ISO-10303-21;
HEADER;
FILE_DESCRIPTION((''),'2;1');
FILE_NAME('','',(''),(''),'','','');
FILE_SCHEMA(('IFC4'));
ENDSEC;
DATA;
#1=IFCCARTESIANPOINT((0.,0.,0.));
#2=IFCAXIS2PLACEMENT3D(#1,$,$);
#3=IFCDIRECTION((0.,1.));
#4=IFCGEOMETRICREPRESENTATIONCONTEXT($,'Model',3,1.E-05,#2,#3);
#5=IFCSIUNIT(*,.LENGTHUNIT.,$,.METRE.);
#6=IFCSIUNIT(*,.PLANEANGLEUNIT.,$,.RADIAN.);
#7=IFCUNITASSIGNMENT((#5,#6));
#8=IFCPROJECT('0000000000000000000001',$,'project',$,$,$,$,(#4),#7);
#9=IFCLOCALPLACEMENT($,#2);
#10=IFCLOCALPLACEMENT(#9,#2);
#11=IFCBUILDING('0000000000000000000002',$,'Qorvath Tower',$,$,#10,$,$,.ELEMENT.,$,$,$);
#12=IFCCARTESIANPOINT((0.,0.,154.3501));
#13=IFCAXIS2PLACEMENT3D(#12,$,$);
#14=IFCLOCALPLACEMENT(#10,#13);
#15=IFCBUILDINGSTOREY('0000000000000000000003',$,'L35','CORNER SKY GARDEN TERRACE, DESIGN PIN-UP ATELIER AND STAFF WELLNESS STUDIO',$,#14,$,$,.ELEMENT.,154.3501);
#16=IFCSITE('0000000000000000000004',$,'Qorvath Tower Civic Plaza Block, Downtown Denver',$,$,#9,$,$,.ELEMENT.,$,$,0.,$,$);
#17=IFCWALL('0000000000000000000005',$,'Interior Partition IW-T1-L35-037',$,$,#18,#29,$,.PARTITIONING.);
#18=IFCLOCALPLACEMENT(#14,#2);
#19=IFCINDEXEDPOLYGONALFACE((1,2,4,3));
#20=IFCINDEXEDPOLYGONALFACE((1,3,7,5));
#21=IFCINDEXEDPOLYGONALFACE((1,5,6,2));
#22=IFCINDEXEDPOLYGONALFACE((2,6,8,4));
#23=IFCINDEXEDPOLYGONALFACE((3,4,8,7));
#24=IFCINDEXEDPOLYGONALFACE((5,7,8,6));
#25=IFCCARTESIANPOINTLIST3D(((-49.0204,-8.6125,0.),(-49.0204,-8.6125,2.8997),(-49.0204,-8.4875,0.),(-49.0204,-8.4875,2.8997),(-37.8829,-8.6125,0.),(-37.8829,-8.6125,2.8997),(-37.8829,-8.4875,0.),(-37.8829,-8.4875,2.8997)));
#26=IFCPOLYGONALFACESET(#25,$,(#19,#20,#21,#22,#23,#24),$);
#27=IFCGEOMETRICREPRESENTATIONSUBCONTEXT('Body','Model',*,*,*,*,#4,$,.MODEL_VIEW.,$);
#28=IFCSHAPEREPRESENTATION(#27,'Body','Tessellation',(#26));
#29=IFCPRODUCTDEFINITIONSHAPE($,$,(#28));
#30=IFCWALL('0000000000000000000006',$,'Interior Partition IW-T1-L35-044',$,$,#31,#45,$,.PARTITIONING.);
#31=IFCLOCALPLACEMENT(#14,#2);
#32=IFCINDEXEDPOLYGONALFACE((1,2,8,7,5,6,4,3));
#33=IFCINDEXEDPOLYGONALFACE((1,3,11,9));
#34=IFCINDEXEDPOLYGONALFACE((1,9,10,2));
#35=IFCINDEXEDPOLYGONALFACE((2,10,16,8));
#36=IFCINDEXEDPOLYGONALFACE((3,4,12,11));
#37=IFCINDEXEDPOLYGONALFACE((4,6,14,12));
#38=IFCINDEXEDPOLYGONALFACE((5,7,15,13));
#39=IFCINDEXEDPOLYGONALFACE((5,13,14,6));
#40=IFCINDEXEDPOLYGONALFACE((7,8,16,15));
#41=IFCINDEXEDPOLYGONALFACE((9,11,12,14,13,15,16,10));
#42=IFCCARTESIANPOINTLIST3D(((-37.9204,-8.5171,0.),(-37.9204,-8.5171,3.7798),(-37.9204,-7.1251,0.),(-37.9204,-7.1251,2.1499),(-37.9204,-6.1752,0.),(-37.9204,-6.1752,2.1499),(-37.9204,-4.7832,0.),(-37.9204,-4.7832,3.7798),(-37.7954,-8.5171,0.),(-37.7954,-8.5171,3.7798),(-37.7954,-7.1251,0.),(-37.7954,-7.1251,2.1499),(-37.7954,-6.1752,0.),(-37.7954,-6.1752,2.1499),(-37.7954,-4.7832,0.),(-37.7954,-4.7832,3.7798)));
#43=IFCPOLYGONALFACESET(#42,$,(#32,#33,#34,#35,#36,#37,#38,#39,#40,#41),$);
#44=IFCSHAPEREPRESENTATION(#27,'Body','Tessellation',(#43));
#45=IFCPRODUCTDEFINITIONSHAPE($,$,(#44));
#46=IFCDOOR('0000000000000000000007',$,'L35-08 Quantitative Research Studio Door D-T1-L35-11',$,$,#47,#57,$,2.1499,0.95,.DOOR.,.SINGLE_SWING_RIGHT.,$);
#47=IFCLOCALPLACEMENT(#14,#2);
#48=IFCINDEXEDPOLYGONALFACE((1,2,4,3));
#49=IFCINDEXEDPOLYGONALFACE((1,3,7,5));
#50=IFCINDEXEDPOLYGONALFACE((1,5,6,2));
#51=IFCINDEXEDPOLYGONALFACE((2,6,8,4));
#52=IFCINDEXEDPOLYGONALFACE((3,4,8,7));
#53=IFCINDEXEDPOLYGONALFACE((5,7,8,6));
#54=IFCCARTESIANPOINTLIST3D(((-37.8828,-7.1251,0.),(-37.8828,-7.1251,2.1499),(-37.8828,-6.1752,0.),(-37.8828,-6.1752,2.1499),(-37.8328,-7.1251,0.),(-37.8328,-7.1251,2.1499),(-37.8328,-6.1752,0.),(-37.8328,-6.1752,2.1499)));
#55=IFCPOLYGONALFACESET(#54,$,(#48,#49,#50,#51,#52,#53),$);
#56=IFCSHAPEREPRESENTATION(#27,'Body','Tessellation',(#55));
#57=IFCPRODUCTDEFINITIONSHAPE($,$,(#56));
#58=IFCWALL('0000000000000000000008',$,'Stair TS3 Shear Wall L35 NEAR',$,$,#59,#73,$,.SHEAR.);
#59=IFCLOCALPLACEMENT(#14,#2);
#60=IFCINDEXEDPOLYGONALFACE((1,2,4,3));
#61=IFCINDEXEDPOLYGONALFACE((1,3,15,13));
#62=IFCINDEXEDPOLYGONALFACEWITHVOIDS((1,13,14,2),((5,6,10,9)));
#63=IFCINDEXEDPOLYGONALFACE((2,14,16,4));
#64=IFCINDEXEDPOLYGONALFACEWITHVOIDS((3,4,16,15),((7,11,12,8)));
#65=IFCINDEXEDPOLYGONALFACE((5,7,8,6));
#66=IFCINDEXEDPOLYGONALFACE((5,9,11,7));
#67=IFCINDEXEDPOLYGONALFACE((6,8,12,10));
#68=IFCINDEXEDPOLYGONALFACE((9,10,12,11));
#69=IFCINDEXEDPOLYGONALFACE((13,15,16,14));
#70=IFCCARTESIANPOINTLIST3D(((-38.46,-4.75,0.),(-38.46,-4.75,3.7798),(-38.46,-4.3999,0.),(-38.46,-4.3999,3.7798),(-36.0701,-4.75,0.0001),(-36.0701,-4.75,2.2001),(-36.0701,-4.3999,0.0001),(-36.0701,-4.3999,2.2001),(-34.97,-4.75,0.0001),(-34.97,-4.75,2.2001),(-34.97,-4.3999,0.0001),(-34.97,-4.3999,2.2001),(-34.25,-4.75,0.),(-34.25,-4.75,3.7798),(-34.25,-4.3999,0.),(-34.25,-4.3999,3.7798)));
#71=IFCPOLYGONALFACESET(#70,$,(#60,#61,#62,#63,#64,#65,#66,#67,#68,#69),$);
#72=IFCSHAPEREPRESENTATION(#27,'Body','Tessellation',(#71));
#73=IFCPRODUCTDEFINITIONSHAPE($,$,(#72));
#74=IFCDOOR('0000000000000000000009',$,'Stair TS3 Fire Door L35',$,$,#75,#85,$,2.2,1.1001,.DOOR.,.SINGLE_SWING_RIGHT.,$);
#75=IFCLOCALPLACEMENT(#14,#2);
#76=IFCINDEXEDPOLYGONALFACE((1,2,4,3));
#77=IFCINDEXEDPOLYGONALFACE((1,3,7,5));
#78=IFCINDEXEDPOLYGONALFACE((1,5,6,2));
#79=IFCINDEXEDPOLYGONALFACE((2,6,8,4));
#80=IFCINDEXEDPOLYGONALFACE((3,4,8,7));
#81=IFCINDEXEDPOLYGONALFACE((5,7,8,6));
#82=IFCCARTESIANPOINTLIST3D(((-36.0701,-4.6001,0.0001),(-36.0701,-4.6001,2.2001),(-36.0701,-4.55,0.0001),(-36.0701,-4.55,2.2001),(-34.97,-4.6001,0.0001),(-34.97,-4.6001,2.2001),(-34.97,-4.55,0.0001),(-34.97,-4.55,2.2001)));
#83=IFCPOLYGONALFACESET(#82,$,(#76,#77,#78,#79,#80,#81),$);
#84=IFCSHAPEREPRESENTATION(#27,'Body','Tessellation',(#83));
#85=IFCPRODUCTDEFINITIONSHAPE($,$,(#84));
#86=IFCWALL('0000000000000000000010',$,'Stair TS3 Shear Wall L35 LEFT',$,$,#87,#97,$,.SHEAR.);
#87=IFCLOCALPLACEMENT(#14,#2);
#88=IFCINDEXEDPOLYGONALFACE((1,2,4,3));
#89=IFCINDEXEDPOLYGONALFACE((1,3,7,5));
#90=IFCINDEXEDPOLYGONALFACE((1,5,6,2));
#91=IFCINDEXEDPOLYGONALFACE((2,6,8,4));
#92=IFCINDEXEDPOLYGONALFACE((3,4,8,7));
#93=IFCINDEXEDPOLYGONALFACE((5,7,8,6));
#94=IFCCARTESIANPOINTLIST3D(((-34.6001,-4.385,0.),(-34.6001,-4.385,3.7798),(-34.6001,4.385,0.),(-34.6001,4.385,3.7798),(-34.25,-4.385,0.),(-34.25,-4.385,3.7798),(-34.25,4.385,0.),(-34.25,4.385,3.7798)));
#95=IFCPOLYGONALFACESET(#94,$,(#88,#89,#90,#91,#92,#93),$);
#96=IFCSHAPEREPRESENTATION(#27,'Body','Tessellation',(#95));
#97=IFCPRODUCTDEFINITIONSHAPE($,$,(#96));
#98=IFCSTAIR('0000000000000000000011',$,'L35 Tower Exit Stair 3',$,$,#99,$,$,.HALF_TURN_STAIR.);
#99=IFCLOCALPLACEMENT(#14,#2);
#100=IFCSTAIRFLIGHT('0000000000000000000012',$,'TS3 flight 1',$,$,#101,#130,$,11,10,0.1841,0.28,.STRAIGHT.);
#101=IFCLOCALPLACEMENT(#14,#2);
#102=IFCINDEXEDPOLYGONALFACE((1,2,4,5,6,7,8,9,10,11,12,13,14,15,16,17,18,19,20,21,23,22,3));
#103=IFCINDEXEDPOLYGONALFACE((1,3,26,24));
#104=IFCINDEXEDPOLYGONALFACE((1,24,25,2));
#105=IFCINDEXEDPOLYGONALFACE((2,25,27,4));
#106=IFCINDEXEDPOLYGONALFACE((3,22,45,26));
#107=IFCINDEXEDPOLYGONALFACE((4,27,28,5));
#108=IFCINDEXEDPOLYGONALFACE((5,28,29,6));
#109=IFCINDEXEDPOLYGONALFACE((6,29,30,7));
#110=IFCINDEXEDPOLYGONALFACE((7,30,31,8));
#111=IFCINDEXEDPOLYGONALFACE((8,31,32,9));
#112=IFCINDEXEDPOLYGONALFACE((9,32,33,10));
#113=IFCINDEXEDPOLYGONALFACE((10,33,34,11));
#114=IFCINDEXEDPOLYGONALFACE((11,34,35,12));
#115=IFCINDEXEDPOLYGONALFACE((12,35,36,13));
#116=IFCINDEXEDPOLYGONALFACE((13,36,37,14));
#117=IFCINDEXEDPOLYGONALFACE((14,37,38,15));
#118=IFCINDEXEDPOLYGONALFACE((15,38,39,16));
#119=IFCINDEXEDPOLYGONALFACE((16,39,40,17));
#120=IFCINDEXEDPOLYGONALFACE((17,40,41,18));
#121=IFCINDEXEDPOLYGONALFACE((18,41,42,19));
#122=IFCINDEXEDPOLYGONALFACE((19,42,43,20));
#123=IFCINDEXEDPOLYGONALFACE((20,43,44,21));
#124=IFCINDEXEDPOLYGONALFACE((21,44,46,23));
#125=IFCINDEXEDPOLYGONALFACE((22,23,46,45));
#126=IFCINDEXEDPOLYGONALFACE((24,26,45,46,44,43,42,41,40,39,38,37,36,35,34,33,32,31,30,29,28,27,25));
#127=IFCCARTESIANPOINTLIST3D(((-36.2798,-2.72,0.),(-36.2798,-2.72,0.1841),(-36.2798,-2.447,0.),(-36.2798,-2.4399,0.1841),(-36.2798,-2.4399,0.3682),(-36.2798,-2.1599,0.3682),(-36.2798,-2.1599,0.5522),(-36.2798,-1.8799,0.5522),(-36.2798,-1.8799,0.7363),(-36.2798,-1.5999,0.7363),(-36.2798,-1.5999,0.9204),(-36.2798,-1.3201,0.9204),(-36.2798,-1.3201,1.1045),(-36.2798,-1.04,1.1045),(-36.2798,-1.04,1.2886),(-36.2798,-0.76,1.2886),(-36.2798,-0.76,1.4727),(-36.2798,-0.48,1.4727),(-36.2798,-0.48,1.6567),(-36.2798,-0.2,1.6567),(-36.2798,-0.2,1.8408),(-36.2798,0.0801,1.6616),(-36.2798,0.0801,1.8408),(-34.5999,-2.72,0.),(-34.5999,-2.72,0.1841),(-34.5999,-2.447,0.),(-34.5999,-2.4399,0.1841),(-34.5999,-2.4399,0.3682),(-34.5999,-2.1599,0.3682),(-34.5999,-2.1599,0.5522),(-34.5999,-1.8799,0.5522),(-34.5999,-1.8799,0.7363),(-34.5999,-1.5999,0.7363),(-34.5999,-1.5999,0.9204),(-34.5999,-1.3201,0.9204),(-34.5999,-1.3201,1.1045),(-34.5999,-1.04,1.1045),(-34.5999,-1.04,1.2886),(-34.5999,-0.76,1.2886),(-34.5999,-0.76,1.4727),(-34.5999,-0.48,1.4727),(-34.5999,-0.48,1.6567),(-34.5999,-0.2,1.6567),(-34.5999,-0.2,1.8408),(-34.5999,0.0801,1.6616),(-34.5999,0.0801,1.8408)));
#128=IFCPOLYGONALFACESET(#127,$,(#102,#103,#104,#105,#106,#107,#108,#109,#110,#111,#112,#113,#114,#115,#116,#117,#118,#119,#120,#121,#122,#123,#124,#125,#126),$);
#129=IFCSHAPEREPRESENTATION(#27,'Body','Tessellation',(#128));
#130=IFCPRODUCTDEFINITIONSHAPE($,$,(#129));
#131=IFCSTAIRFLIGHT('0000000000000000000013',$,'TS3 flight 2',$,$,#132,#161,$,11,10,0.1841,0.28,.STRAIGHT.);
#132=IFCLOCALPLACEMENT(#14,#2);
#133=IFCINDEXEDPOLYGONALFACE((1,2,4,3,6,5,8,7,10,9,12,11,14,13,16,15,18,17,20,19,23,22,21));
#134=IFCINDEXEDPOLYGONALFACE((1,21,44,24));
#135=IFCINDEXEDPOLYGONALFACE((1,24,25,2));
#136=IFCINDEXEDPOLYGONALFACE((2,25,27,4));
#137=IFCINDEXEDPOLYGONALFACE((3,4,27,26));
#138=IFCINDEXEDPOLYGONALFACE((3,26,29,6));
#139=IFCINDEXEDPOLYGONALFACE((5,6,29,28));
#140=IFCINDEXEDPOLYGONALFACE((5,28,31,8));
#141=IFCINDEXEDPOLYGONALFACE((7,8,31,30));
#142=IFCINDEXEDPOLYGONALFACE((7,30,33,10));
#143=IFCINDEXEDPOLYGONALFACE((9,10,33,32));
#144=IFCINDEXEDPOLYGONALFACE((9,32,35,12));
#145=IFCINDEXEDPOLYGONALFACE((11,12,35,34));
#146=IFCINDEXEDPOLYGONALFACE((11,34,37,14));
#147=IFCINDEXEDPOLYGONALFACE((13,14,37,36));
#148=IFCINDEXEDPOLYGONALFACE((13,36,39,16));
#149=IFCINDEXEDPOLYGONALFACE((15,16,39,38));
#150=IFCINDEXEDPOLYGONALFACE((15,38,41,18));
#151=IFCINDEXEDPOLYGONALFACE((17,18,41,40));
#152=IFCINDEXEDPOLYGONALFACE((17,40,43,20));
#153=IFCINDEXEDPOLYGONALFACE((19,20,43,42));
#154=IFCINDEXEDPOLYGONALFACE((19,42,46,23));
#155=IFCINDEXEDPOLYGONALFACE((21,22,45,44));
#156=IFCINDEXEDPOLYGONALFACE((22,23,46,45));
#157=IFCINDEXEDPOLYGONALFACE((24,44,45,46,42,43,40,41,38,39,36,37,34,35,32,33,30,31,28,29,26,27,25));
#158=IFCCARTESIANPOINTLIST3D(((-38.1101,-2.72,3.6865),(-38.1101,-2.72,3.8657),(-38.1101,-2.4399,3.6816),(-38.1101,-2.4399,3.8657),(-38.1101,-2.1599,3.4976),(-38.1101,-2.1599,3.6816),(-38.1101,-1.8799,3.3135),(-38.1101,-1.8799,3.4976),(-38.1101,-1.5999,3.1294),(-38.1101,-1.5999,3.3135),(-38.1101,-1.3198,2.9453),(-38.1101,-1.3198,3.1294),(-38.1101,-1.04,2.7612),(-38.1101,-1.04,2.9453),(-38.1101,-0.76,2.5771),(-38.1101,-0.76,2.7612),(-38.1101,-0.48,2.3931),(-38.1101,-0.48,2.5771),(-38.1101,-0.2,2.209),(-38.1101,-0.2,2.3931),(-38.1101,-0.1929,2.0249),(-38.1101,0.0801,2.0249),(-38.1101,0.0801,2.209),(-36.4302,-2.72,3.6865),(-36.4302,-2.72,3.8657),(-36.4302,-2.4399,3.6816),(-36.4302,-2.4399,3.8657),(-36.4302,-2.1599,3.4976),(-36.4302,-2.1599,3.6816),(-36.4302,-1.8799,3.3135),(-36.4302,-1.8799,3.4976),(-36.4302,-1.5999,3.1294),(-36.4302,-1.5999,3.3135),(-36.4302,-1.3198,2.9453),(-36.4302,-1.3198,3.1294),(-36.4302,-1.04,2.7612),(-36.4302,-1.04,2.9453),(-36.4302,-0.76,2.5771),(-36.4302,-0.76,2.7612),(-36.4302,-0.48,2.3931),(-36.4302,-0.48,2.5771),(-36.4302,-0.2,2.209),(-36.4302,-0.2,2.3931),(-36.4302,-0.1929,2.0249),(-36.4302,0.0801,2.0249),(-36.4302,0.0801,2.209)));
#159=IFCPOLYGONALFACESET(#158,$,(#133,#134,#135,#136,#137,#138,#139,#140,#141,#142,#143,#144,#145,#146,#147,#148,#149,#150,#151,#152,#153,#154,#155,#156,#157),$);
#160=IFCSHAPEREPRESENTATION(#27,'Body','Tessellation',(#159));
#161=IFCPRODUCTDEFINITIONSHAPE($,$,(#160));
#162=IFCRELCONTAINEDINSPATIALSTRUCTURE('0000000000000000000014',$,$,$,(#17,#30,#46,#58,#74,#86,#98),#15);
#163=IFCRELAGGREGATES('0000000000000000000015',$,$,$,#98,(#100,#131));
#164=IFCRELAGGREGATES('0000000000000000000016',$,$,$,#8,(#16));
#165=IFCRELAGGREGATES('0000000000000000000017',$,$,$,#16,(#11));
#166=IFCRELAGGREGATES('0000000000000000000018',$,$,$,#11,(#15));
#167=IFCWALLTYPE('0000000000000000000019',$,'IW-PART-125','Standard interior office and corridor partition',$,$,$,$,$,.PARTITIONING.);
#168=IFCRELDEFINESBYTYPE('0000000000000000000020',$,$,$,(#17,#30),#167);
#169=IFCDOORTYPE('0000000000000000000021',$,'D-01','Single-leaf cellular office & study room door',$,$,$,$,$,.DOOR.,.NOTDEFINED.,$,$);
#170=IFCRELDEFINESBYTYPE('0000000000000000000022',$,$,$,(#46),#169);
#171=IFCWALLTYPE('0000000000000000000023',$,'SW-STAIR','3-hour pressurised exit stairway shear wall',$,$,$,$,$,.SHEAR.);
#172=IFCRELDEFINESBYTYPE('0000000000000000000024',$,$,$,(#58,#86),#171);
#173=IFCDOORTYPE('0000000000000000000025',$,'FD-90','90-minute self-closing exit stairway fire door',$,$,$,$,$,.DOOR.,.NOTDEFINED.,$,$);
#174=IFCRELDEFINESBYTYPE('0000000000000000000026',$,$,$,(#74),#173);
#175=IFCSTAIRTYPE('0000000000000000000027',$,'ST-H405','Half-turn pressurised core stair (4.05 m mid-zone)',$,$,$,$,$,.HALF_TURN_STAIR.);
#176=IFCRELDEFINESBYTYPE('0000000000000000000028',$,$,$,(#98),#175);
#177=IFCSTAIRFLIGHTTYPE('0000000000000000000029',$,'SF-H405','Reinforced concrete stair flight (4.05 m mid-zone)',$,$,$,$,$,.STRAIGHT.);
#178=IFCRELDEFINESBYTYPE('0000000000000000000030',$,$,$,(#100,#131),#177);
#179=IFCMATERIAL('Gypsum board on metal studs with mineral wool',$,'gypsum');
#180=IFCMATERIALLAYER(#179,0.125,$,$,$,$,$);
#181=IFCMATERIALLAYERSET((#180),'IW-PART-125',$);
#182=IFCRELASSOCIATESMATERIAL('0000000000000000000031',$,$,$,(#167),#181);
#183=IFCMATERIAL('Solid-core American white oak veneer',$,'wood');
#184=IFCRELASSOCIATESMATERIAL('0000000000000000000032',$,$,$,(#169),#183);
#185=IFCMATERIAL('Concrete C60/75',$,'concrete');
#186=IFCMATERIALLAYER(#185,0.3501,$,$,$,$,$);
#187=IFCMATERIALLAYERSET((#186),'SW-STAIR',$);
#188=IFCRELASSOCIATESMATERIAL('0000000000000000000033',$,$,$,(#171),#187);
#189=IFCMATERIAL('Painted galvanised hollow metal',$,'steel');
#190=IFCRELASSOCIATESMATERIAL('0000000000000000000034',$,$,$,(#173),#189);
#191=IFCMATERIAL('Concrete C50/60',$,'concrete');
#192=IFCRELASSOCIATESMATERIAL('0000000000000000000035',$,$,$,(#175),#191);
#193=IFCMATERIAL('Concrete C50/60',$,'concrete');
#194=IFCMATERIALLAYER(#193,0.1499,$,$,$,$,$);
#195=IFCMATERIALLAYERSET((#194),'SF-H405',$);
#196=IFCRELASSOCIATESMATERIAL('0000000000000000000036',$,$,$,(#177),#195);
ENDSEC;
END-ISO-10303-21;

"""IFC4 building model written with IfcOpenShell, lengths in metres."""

from ifc_helpers import new_model, si_unit, direction, frame, frame_2d, origin, place, context, subcontext, project, spatial, polyline, rectangle, outline, extrude, material, layer, layer_set, type_object, element, fill, aggregate, save


model = new_model("IFC4")

# Units and contexts
model_context = context("Model", 3, precision=1e-05, world=origin(), true_north=direction((0.0, 1.0)))
body_context = subcontext(model_context, "Body", "Model", "MODEL_VIEW")
ifc_project = project(units=[si_unit("LENGTHUNIT", "METRE"), si_unit("PLANEANGLEUNIT", "RADIAN")], contexts=[model_context])

# Site, building, storey
site_placement = place(None, origin())
site = spatial("IfcSite", under=ifc_project, at=site_placement, Name="Qorvath Tower Civic Plaza Block, Downtown Denver", CompositionType="ELEMENT", RefElevation=0.0)
building_placement = place(site_placement, origin())
building = spatial("IfcBuilding", under=site, at=building_placement, Name="Qorvath Tower", CompositionType="ELEMENT")
storey_placement = place(building_placement, frame((0.0, 0.0, 154.3501)))
storey = spatial("IfcBuildingStorey", under=building, at=storey_placement, Name="L35", Description="CORNER SKY GARDEN TERRACE, DESIGN PIN-UP ATELIER AND STAFF WELLNESS STUDIO", CompositionType="ELEMENT", Elevation=154.3501)

# Wall
ifc_material_1 = material(Name="Gypsum board on metal studs with mineral wool", Category="gypsum")
ifc_layer_1 = layer(ifc_material_1, 0.125)
ifc_layer_set_1 = layer_set([ifc_layer_1], Name="IW-PART-125")
wall_type_1 = type_object("IfcWallType", Name="IW-PART-125", Description="Standard interior office and corridor partition", PredefinedType="PARTITIONING", material=ifc_layer_set_1)
wall_1_placement = place(storey_placement, frame((-37.8828, -8.55, 0.0), z_axis=(0.0, 0.0, 1.0), x_axis=(-1.0, 0.0, 0.0)))
element("IfcWall", 1, at=wall_1_placement, inside=storey, type_object=wall_type_1, Name="Interior Partition IW-T1-L35-037", PredefinedType="PARTITIONING", context=body_context, shape_type="SweptSolid", body=[
    extrude(rectangle(XDim=11.1375, YDim=0.125, at=frame_2d((5.5688, 0.0))), origin(), (0.0, 0.0, 1.0), 2.8997),
])

# Walls, openings, doors
wall_2_placement = place(storey_placement, frame((-37.8579, -8.5171, 0.0), z_axis=(0.0, 0.0, 1.0), x_axis=(0.0, 1.0, 0.0)))
wall_2 = element("IfcWall", 2, at=wall_2_placement, inside=storey, type_object=wall_type_1, Name="Interior Partition IW-T1-L35-044", PredefinedType="PARTITIONING", context=body_context, shape_type="SweptSolid", body=[
    extrude(rectangle(XDim=3.7339, YDim=0.125, at=frame_2d((1.8669, 0.0))), origin(), (0.0, 0.0, 1.0), 3.7798),
])
opening_1_placement = place(wall_2_placement, frame((1.3918, 0.0, 0.0)))
opening_1 = element("IfcOpeningElement", 3, at=opening_1_placement, cuts=wall_2, PredefinedType="OPENING", context=body_context, shape_type="SweptSolid", body=[
    extrude(rectangle(XDim=0.95, YDim=2.1499, at=frame_2d((0.4751, 1.075))), frame((0.0, 0.0725, 0.0), z_axis=(0.0, -1.0, 0.0), x_axis=(1.0, 0.0, 0.0)), (0.0, 0.0, 1.0), 0.145),
])
ifc_material_2 = material(Name="Solid-core American white oak veneer", Category="wood")
door_type_1 = type_object("IfcDoorType", Name="D-01", Description="Single-leaf cellular office & study room door", OperationType="NOTDEFINED", PredefinedType="DOOR", material=ifc_material_2)
door_1_placement = place(opening_1_placement, origin())
door_1 = element("IfcDoor", 4, at=door_1_placement, inside=storey, type_object=door_type_1, Name="L35-08 Quantitative Research Studio Door D-T1-L35-11", OperationType="SINGLE_SWING_RIGHT", OverallHeight=2.1499, OverallWidth=0.95, PredefinedType="DOOR", context=body_context, shape_type="SweptSolid", body=[
    extrude(rectangle(XDim=0.95, YDim=2.1499, at=frame_2d((0.4751, 1.075))), frame((0.0, 0.0249, 0.0), z_axis=(0.0, -1.0, 0.0), x_axis=(1.0, 0.0, 0.0)), (0.0, 0.0, 1.0), 0.05),
])
fill(opening_1, door_1)
ifc_material_3 = material(Name="Concrete C60/75", Category="concrete")
ifc_layer_2 = layer(ifc_material_3, 0.3501)
ifc_layer_set_2 = layer_set([ifc_layer_2], Name="SW-STAIR")
wall_type_2 = type_object("IfcWallType", Name="SW-STAIR", Description="3-hour pressurised exit stairway shear wall", PredefinedType="SHEAR", material=ifc_layer_set_2)
wall_3_placement = place(storey_placement, frame((-38.46, -4.575, 0.0), z_axis=(0.0, 0.0, 1.0), x_axis=(1.0, 0.0, 0.0)))
wall_3 = element("IfcWall", 5, at=wall_3_placement, inside=storey, type_object=wall_type_2, Name="Stair TS3 Shear Wall L35 NEAR", PredefinedType="SHEAR", context=body_context, shape_type="SweptSolid", body=[
    extrude(rectangle(XDim=4.21, YDim=0.3501, at=frame_2d((2.105, 0.0))), origin(), (0.0, 0.0, 1.0), 3.7798),
])
opening_2_placement = place(wall_3_placement, frame((2.3899, 0.0, 0.0)))
opening_2 = element("IfcOpeningElement", 6, at=opening_2_placement, cuts=wall_3, PredefinedType="OPENING", context=body_context, shape_type="SweptSolid", body=[
    extrude(rectangle(XDim=1.1001, YDim=2.2, at=frame_2d((0.55, 1.1001))), frame((0.0, 0.1851, 0.0), z_axis=(0.0, -1.0, 0.0), x_axis=(1.0, 0.0, 0.0)), (0.0, 0.0, 1.0), 0.3701),
])
ifc_material_4 = material(Name="Painted galvanised hollow metal", Category="steel")
door_type_2 = type_object("IfcDoorType", Name="FD-90", Description="90-minute self-closing exit stairway fire door", OperationType="NOTDEFINED", PredefinedType="DOOR", material=ifc_material_4)
door_2_placement = place(opening_2_placement, origin())
door_2 = element("IfcDoor", 7, at=door_2_placement, inside=storey, type_object=door_type_2, Name="Stair TS3 Fire Door L35", OperationType="SINGLE_SWING_RIGHT", OverallHeight=2.2, OverallWidth=1.1001, PredefinedType="DOOR", context=body_context, shape_type="SweptSolid", body=[
    extrude(rectangle(XDim=1.1001, YDim=2.2, at=frame_2d((0.55, 1.1001))), frame((0.0, 0.0249, 0.0), z_axis=(0.0, -1.0, 0.0), x_axis=(1.0, 0.0, 0.0)), (0.0, 0.0, 1.0), 0.05),
])
fill(opening_2, door_2)

# Wall
wall_4_placement = place(storey_placement, frame((-34.425, -4.385, 0.0), z_axis=(0.0, 0.0, 1.0), x_axis=(0.0, 1.0, 0.0)))
element("IfcWall", 8, at=wall_4_placement, inside=storey, type_object=wall_type_2, Name="Stair TS3 Shear Wall L35 LEFT", PredefinedType="SHEAR", context=body_context, shape_type="SweptSolid", body=[
    extrude(rectangle(XDim=8.77, YDim=0.3501, at=frame_2d((4.385, 0.0))), origin(), (0.0, 0.0, 1.0), 3.7798),
])

# Stair, stair flights
ifc_material_5 = material(Name="Concrete C50/60", Category="concrete")
stair_type = type_object("IfcStairType", Name="ST-H405", Description="Half-turn pressurised core stair (4.05 m mid-zone)", PredefinedType="HALF_TURN_STAIR", material=ifc_material_5)
stair_placement = place(storey_placement, origin())
stair = element("IfcStair", 9, at=stair_placement, inside=storey, type_object=stair_type, Name="L35 Tower Exit Stair 3", PredefinedType="HALF_TURN_STAIR")
ifc_material_6 = material(Name="Concrete C50/60", Category="concrete")
ifc_layer_3 = layer(ifc_material_6, 0.1499)
ifc_layer_set_3 = layer_set([ifc_layer_3], Name="SF-H405")
stair_flight_type = type_object("IfcStairFlightType", Name="SF-H405", Description="Reinforced concrete stair flight (4.05 m mid-zone)", PredefinedType="STRAIGHT", material=ifc_layer_set_3)
stair_flight_1_placement = place(storey_placement, frame((-35.4399, -2.72, 0.0), z_axis=(0.0, 0.0, 1.0), x_axis=(0.0, 1.0, 0.0)))
stair_flight_1 = element("IfcStairFlight", 10, at=stair_flight_1_placement, type_object=stair_flight_type, Name="TS3 flight 1", NumberOfRisers=11, NumberOfTreads=10, PredefinedType="STRAIGHT", RiserHeight=0.1841, TreadLength=0.28, context=body_context, shape_type="SweptSolid", body=[
    extrude(outline(polyline([(0.0, 0.0), (0.0, 0.1841), (0.28, 0.1841), (0.28, 0.3682), (0.5601, 0.3682), (0.5601, 0.5522), (0.8401, 0.5522), (0.8401, 0.7363), (1.1201, 0.7363), (1.1201, 0.9204), (1.3999, 0.9204), (1.3999, 1.1045), (1.6799, 1.1045), (1.6799, 1.2886), (1.96, 1.2886), (1.96, 1.4727), (2.24, 1.4727), (2.24, 1.6567), (2.52, 1.6567), (2.52, 1.8408), (2.8, 1.8408), (2.8, 2.0249), (2.8, 1.6616), (0.2729, 0.0), (0.0, 0.0)])), frame((0.0, 0.8398, 0.0), z_axis=(0.0, -1.0, 0.0), x_axis=(1.0, 0.0, 0.0)), (0.0, 0.0, 1.0), 1.6799),
])
stair_flight_2_placement = place(storey_placement, frame((-37.27, 0.0801, 2.0249), z_axis=(0.0, 0.0, 1.0), x_axis=(0.0, -1.0, 0.0)))
stair_flight_2 = element("IfcStairFlight", 11, at=stair_flight_2_placement, type_object=stair_flight_type, Name="TS3 flight 2", NumberOfRisers=11, NumberOfTreads=10, PredefinedType="STRAIGHT", RiserHeight=0.1841, TreadLength=0.28, context=body_context, shape_type="SweptSolid", body=[
    extrude(outline(polyline([(0.0, 0.0), (0.0, 0.1841), (0.28, 0.1841), (0.28, 0.3682), (0.5601, 0.3682), (0.5601, 0.5522), (0.8401, 0.5522), (0.8401, 0.7363), (1.1201, 0.7363), (1.1201, 0.9204), (1.3999, 0.9204), (1.3999, 1.1045), (1.6799, 1.1045), (1.6799, 1.2886), (1.96, 1.2886), (1.96, 1.4727), (2.24, 1.4727), (2.24, 1.6567), (2.52, 1.6567), (2.52, 1.8408), (2.8, 1.8408), (2.8, 2.0249), (2.8, 1.6616), (0.2729, 0.0), (0.0, 0.0)])), frame((0.0, 0.8398, 0.0), z_axis=(0.0, -1.0, 0.0), x_axis=(1.0, 0.0, 0.0)), (0.0, 0.0, 1.0), 1.6799),
])
aggregate(stair, [stair_flight_1, stair_flight_2])

save(model, "model.ifc")
